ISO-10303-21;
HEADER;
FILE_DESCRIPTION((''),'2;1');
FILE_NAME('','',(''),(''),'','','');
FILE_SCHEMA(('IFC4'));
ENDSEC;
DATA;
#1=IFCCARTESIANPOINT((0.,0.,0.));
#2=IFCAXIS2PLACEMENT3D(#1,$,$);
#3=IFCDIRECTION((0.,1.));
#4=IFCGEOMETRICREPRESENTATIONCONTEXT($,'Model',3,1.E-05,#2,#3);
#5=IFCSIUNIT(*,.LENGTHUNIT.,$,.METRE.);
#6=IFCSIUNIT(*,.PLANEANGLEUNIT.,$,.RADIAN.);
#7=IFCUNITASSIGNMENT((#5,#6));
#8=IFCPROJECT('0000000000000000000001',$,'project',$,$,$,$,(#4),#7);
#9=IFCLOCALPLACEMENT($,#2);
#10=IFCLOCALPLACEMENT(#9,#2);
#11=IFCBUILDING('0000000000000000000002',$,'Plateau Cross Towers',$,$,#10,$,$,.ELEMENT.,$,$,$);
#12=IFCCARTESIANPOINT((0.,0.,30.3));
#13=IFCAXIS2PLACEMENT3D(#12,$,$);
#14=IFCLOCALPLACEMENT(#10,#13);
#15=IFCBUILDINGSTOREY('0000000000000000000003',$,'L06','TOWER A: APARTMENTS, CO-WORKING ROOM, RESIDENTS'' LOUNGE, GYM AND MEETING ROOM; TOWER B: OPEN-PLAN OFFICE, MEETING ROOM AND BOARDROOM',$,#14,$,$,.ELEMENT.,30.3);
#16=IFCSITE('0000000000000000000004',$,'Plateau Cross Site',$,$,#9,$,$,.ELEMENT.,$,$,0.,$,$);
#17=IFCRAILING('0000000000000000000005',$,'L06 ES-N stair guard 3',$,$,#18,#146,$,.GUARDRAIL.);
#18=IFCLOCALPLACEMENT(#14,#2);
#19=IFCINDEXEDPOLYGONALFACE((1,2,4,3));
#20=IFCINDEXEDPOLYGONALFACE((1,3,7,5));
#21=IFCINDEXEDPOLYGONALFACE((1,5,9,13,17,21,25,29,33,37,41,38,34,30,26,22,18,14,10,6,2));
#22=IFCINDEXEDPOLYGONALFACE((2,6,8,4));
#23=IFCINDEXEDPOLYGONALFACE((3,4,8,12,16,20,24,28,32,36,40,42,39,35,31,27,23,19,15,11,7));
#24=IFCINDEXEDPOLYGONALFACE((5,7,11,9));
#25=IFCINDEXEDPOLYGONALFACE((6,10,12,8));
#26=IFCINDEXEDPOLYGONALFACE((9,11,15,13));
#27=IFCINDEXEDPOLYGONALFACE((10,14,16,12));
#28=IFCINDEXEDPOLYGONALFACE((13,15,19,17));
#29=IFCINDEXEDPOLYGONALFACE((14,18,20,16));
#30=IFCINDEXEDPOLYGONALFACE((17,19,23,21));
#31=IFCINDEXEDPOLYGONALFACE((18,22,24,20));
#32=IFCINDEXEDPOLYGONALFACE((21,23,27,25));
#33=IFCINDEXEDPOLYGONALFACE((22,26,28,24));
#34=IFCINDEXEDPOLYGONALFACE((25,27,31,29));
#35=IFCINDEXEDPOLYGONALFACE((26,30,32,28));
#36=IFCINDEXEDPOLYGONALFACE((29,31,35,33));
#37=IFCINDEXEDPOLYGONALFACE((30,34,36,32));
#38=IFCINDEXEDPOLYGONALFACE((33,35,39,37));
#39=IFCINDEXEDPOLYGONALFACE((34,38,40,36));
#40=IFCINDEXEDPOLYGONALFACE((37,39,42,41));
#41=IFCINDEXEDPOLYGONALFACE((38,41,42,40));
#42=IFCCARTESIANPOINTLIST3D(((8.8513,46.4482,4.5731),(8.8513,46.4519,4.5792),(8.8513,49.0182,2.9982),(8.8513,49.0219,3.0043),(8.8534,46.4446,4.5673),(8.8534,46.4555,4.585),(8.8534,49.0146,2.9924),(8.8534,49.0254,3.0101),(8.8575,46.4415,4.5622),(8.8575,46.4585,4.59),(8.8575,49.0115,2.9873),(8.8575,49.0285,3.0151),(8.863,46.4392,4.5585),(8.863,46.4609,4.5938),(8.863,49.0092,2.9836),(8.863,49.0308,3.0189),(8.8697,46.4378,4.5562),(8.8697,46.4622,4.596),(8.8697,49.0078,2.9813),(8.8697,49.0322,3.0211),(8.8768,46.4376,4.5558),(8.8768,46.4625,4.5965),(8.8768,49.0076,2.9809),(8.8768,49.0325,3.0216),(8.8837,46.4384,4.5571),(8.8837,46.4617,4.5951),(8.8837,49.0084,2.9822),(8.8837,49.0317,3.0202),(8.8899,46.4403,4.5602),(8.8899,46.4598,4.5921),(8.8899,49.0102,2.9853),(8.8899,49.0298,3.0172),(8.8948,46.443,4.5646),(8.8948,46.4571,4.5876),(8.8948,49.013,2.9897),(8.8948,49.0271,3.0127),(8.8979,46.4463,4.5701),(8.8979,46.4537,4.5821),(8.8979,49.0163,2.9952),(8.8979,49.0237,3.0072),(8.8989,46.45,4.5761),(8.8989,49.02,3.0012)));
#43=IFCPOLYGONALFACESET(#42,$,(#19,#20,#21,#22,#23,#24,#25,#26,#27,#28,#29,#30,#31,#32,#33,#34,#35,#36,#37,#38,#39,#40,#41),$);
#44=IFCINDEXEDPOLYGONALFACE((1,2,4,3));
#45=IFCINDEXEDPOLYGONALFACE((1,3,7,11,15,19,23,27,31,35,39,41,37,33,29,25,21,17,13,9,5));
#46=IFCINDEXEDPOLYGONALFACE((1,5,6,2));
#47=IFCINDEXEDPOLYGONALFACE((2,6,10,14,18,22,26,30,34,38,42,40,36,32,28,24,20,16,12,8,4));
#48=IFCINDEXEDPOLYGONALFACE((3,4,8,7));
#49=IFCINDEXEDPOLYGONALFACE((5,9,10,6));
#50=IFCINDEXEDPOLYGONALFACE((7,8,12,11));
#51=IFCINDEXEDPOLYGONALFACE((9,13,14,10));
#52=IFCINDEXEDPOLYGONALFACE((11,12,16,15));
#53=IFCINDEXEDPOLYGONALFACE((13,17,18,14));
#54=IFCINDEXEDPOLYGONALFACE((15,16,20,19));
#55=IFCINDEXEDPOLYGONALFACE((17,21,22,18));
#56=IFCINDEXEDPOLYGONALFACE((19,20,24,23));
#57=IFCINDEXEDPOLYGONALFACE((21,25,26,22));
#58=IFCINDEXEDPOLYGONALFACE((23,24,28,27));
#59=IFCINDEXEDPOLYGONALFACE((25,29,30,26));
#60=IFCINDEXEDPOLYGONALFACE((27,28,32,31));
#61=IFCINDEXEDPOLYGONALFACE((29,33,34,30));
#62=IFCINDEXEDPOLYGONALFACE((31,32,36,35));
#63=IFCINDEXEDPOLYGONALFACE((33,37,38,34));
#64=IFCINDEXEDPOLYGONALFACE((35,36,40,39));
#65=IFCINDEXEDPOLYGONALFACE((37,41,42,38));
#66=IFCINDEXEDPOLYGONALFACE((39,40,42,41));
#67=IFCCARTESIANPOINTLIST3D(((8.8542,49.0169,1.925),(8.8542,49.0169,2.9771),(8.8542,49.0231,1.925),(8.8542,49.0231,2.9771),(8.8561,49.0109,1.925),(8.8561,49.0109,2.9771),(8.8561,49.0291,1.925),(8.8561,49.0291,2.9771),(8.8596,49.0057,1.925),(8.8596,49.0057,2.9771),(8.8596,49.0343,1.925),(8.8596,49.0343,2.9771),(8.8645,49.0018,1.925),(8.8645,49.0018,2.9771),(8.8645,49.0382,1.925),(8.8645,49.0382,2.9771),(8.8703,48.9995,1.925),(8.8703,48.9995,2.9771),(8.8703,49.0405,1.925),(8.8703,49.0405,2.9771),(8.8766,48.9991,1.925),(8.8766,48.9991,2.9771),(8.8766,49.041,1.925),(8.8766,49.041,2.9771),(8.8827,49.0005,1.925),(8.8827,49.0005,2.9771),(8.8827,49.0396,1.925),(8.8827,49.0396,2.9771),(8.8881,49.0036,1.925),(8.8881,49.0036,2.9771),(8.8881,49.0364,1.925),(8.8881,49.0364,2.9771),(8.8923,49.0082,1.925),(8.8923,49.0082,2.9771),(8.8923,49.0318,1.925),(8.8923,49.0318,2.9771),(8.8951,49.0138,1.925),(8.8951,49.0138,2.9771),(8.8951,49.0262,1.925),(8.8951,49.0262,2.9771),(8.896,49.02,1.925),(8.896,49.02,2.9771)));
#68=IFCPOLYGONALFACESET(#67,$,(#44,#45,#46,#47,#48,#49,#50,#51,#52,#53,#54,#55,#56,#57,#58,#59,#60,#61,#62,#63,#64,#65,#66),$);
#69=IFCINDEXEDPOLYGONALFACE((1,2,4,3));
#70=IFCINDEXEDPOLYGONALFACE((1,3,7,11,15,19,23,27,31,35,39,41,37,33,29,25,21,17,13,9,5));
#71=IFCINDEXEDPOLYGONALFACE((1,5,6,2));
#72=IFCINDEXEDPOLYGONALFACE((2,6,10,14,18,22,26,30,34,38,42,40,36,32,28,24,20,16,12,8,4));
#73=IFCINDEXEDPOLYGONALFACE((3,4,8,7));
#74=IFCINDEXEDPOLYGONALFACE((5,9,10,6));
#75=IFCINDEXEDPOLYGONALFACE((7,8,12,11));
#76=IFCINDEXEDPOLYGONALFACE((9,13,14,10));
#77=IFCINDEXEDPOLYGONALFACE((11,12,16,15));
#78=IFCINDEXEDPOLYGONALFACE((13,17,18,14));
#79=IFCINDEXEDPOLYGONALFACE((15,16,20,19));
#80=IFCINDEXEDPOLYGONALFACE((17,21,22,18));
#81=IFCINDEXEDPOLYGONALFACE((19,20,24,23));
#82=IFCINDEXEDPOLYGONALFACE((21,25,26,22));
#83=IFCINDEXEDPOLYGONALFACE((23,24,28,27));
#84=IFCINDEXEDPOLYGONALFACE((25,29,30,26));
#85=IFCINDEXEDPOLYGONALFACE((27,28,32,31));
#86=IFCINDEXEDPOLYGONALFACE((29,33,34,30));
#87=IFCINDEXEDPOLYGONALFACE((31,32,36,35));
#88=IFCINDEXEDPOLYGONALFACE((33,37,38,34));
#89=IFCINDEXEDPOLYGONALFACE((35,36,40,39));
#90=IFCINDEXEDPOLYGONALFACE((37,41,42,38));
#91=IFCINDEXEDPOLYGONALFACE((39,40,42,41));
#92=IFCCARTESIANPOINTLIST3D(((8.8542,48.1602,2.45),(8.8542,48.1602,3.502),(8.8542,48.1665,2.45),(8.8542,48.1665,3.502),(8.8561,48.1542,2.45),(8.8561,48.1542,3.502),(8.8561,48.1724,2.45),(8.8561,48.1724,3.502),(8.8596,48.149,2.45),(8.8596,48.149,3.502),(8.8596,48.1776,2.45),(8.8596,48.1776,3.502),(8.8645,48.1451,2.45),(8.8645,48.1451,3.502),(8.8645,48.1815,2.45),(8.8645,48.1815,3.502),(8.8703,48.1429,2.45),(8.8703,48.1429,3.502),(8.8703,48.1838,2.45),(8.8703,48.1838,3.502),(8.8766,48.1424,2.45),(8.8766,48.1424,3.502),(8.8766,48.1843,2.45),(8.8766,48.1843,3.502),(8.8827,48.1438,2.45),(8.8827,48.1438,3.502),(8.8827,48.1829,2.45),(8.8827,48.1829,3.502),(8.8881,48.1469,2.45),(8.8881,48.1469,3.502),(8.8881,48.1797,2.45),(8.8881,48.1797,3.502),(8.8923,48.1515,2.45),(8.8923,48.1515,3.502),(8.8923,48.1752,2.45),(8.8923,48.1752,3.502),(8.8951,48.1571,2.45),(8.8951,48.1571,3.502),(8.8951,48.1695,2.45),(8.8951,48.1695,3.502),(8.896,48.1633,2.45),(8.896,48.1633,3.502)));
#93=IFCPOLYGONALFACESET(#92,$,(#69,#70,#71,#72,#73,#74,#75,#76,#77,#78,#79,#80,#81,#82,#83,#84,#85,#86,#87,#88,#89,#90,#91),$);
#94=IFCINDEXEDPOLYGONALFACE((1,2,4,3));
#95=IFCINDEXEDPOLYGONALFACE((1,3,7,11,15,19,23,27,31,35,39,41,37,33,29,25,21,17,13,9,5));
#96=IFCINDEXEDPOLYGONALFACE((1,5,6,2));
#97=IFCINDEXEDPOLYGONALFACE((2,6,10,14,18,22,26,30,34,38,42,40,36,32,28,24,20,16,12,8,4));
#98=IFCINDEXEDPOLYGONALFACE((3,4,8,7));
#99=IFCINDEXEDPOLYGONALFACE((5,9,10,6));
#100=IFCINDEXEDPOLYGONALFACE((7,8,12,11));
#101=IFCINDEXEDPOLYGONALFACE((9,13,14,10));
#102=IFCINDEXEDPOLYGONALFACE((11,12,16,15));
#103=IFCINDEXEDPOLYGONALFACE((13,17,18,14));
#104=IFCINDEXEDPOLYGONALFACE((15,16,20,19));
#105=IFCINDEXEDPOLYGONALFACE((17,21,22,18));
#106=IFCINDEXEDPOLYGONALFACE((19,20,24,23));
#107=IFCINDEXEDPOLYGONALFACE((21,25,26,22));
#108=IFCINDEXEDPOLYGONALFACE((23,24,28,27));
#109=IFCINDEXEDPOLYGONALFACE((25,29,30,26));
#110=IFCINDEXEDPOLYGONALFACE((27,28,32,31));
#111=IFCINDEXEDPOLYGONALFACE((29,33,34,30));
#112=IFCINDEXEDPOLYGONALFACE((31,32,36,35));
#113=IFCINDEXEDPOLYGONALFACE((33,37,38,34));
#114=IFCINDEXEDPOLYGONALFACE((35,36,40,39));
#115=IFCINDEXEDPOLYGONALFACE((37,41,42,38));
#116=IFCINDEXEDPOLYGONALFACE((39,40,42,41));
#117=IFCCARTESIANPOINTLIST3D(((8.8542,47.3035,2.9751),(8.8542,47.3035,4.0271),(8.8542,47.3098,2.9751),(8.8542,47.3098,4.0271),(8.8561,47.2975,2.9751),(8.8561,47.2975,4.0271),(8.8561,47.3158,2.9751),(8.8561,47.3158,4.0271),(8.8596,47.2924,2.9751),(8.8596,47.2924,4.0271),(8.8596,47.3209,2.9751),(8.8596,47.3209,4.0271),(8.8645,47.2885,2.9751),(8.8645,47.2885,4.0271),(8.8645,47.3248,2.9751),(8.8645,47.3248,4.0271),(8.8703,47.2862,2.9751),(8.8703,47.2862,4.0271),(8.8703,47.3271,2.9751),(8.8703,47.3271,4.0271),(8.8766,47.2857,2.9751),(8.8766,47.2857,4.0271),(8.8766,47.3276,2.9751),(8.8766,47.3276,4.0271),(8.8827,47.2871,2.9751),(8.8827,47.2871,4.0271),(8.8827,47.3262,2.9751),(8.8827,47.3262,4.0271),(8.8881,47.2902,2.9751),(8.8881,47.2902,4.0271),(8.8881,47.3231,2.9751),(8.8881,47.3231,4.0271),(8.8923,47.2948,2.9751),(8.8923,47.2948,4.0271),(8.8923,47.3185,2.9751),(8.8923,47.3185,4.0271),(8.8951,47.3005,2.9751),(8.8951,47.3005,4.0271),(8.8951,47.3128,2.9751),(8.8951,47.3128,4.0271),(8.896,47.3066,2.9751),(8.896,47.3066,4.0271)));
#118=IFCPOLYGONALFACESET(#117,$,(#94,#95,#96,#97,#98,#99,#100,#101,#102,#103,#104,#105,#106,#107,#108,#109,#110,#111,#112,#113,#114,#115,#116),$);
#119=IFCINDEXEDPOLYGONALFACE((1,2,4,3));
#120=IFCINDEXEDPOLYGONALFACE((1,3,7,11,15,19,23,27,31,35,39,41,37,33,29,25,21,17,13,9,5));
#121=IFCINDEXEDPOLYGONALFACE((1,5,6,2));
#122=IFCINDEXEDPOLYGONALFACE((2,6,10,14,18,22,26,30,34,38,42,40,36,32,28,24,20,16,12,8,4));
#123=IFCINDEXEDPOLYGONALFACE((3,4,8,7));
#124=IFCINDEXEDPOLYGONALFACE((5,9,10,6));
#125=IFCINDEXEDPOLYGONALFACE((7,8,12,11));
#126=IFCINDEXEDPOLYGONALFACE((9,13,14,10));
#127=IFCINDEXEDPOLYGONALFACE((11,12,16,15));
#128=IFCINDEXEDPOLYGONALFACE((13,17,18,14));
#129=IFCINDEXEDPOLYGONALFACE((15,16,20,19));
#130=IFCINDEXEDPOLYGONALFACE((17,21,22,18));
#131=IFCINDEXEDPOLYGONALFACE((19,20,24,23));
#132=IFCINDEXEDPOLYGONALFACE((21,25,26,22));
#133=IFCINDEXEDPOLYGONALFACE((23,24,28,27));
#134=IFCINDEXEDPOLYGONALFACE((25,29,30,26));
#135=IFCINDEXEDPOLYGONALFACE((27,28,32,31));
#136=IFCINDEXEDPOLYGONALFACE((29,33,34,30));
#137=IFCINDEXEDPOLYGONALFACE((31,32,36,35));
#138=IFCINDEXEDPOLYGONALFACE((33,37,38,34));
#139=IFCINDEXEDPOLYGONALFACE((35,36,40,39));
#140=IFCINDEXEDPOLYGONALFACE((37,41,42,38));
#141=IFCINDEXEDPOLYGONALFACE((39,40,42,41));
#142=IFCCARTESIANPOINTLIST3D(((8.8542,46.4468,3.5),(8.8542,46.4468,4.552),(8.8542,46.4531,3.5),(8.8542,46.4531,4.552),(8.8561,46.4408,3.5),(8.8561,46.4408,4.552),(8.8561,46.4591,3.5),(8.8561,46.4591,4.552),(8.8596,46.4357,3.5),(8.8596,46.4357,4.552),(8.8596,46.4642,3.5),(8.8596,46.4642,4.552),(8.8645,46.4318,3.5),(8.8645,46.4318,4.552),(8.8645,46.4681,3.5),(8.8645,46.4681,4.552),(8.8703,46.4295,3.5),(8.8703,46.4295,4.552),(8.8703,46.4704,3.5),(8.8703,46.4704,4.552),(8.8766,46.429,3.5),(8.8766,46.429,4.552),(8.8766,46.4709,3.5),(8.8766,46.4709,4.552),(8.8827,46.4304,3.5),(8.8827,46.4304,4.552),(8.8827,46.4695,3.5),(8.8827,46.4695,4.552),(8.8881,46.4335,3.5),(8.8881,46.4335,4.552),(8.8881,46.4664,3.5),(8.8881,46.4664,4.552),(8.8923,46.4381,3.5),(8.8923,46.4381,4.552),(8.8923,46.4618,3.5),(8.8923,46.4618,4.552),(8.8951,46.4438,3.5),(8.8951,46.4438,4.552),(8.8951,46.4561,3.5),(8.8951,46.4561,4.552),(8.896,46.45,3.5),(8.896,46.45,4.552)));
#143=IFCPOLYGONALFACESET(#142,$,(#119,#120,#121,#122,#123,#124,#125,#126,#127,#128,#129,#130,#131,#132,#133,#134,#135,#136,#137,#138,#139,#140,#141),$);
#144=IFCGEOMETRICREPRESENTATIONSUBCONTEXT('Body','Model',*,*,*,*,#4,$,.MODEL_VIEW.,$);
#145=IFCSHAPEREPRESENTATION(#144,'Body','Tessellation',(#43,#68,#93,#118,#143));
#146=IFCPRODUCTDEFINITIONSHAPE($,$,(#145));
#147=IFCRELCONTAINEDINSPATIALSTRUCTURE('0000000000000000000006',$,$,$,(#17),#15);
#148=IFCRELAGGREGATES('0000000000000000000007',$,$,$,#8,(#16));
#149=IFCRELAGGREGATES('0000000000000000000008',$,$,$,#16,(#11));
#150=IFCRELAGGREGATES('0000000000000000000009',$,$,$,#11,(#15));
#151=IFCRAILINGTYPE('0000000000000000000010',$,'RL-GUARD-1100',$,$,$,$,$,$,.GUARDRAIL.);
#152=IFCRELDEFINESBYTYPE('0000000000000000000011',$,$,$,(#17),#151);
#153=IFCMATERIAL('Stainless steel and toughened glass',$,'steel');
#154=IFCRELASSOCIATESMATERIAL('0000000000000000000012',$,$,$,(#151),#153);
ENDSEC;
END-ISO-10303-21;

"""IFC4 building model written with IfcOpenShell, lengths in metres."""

from ifc_helpers import new_model, si_unit, direction, frame, origin, origin_2d, place, context, subcontext, project, spatial, circle, extrude, material, type_object, element, save


model = new_model("IFC4")

# Units and contexts
model_context = context("Model", 3, precision=1e-05, world=origin(), true_north=direction((0.0, 1.0)))
body_context = subcontext(model_context, "Body", "Model", "MODEL_VIEW")
ifc_project = project(units=[si_unit("LENGTHUNIT", "METRE"), si_unit("PLANEANGLEUNIT", "RADIAN")], contexts=[model_context])

# Site, building, storey
site_placement = place(None, origin())
site = spatial("IfcSite", under=ifc_project, at=site_placement, Name="Plateau Cross Site", CompositionType="ELEMENT", RefElevation=0.0)
building_placement = place(site_placement, origin())
building = spatial("IfcBuilding", under=site, at=building_placement, Name="Plateau Cross Towers", CompositionType="ELEMENT")
storey_placement = place(building_placement, frame((0.0, 0.0, 30.3)))
storey = spatial("IfcBuildingStorey", under=building, at=storey_placement, Name="L06", Description="TOWER A: APARTMENTS, CO-WORKING ROOM, RESIDENTS' LOUNGE, GYM AND MEETING ROOM; TOWER B: OPEN-PLAN OFFICE, MEETING ROOM AND BOARDROOM", CompositionType="ELEMENT", Elevation=30.3)

# Railing
ifc_material_1 = material(Name="Stainless steel and toughened glass", Category="steel")
railing_type_1 = type_object("IfcRailingType", Name="RL-GUARD-1100", PredefinedType="GUARDRAIL", material=ifc_material_1)
railing_1_placement = place(storey_placement, frame((8.875, 49.02, 1.925)))
element("IfcRailing", 1, at=railing_1_placement, inside=storey, type_object=railing_type_1, Name="L06 ES-N stair guard 3", PredefinedType="GUARDRAIL", context=body_context, shape_type="SweptSolid", body=[
    extrude(circle(Radius=0.0239, at=origin_2d()), frame((0.0, 0.0, 1.0762), z_axis=(0.0, -0.852639, 0.522501), x_axis=(1.0, 0.0, 0.0)), (0.0, 0.0, 1.0), 3.0142),
    extrude(circle(Radius=0.021, at=origin_2d()), origin(), (0.0, 0.0, 1.0), 1.052),
    extrude(circle(Radius=0.021, at=origin_2d()), frame((0.0, -0.8567, 0.5249)), (0.0, 0.0, 1.0), 1.052),
    extrude(circle(Radius=0.021, at=origin_2d()), frame((0.0, -1.7134, 1.05)), (0.0, 0.0, 1.0), 1.052),
    extrude(circle(Radius=0.021, at=origin_2d()), frame((0.0, -2.5701, 1.575)), (0.0, 0.0, 1.0), 1.052),
])

save(model, "model.ifc")
